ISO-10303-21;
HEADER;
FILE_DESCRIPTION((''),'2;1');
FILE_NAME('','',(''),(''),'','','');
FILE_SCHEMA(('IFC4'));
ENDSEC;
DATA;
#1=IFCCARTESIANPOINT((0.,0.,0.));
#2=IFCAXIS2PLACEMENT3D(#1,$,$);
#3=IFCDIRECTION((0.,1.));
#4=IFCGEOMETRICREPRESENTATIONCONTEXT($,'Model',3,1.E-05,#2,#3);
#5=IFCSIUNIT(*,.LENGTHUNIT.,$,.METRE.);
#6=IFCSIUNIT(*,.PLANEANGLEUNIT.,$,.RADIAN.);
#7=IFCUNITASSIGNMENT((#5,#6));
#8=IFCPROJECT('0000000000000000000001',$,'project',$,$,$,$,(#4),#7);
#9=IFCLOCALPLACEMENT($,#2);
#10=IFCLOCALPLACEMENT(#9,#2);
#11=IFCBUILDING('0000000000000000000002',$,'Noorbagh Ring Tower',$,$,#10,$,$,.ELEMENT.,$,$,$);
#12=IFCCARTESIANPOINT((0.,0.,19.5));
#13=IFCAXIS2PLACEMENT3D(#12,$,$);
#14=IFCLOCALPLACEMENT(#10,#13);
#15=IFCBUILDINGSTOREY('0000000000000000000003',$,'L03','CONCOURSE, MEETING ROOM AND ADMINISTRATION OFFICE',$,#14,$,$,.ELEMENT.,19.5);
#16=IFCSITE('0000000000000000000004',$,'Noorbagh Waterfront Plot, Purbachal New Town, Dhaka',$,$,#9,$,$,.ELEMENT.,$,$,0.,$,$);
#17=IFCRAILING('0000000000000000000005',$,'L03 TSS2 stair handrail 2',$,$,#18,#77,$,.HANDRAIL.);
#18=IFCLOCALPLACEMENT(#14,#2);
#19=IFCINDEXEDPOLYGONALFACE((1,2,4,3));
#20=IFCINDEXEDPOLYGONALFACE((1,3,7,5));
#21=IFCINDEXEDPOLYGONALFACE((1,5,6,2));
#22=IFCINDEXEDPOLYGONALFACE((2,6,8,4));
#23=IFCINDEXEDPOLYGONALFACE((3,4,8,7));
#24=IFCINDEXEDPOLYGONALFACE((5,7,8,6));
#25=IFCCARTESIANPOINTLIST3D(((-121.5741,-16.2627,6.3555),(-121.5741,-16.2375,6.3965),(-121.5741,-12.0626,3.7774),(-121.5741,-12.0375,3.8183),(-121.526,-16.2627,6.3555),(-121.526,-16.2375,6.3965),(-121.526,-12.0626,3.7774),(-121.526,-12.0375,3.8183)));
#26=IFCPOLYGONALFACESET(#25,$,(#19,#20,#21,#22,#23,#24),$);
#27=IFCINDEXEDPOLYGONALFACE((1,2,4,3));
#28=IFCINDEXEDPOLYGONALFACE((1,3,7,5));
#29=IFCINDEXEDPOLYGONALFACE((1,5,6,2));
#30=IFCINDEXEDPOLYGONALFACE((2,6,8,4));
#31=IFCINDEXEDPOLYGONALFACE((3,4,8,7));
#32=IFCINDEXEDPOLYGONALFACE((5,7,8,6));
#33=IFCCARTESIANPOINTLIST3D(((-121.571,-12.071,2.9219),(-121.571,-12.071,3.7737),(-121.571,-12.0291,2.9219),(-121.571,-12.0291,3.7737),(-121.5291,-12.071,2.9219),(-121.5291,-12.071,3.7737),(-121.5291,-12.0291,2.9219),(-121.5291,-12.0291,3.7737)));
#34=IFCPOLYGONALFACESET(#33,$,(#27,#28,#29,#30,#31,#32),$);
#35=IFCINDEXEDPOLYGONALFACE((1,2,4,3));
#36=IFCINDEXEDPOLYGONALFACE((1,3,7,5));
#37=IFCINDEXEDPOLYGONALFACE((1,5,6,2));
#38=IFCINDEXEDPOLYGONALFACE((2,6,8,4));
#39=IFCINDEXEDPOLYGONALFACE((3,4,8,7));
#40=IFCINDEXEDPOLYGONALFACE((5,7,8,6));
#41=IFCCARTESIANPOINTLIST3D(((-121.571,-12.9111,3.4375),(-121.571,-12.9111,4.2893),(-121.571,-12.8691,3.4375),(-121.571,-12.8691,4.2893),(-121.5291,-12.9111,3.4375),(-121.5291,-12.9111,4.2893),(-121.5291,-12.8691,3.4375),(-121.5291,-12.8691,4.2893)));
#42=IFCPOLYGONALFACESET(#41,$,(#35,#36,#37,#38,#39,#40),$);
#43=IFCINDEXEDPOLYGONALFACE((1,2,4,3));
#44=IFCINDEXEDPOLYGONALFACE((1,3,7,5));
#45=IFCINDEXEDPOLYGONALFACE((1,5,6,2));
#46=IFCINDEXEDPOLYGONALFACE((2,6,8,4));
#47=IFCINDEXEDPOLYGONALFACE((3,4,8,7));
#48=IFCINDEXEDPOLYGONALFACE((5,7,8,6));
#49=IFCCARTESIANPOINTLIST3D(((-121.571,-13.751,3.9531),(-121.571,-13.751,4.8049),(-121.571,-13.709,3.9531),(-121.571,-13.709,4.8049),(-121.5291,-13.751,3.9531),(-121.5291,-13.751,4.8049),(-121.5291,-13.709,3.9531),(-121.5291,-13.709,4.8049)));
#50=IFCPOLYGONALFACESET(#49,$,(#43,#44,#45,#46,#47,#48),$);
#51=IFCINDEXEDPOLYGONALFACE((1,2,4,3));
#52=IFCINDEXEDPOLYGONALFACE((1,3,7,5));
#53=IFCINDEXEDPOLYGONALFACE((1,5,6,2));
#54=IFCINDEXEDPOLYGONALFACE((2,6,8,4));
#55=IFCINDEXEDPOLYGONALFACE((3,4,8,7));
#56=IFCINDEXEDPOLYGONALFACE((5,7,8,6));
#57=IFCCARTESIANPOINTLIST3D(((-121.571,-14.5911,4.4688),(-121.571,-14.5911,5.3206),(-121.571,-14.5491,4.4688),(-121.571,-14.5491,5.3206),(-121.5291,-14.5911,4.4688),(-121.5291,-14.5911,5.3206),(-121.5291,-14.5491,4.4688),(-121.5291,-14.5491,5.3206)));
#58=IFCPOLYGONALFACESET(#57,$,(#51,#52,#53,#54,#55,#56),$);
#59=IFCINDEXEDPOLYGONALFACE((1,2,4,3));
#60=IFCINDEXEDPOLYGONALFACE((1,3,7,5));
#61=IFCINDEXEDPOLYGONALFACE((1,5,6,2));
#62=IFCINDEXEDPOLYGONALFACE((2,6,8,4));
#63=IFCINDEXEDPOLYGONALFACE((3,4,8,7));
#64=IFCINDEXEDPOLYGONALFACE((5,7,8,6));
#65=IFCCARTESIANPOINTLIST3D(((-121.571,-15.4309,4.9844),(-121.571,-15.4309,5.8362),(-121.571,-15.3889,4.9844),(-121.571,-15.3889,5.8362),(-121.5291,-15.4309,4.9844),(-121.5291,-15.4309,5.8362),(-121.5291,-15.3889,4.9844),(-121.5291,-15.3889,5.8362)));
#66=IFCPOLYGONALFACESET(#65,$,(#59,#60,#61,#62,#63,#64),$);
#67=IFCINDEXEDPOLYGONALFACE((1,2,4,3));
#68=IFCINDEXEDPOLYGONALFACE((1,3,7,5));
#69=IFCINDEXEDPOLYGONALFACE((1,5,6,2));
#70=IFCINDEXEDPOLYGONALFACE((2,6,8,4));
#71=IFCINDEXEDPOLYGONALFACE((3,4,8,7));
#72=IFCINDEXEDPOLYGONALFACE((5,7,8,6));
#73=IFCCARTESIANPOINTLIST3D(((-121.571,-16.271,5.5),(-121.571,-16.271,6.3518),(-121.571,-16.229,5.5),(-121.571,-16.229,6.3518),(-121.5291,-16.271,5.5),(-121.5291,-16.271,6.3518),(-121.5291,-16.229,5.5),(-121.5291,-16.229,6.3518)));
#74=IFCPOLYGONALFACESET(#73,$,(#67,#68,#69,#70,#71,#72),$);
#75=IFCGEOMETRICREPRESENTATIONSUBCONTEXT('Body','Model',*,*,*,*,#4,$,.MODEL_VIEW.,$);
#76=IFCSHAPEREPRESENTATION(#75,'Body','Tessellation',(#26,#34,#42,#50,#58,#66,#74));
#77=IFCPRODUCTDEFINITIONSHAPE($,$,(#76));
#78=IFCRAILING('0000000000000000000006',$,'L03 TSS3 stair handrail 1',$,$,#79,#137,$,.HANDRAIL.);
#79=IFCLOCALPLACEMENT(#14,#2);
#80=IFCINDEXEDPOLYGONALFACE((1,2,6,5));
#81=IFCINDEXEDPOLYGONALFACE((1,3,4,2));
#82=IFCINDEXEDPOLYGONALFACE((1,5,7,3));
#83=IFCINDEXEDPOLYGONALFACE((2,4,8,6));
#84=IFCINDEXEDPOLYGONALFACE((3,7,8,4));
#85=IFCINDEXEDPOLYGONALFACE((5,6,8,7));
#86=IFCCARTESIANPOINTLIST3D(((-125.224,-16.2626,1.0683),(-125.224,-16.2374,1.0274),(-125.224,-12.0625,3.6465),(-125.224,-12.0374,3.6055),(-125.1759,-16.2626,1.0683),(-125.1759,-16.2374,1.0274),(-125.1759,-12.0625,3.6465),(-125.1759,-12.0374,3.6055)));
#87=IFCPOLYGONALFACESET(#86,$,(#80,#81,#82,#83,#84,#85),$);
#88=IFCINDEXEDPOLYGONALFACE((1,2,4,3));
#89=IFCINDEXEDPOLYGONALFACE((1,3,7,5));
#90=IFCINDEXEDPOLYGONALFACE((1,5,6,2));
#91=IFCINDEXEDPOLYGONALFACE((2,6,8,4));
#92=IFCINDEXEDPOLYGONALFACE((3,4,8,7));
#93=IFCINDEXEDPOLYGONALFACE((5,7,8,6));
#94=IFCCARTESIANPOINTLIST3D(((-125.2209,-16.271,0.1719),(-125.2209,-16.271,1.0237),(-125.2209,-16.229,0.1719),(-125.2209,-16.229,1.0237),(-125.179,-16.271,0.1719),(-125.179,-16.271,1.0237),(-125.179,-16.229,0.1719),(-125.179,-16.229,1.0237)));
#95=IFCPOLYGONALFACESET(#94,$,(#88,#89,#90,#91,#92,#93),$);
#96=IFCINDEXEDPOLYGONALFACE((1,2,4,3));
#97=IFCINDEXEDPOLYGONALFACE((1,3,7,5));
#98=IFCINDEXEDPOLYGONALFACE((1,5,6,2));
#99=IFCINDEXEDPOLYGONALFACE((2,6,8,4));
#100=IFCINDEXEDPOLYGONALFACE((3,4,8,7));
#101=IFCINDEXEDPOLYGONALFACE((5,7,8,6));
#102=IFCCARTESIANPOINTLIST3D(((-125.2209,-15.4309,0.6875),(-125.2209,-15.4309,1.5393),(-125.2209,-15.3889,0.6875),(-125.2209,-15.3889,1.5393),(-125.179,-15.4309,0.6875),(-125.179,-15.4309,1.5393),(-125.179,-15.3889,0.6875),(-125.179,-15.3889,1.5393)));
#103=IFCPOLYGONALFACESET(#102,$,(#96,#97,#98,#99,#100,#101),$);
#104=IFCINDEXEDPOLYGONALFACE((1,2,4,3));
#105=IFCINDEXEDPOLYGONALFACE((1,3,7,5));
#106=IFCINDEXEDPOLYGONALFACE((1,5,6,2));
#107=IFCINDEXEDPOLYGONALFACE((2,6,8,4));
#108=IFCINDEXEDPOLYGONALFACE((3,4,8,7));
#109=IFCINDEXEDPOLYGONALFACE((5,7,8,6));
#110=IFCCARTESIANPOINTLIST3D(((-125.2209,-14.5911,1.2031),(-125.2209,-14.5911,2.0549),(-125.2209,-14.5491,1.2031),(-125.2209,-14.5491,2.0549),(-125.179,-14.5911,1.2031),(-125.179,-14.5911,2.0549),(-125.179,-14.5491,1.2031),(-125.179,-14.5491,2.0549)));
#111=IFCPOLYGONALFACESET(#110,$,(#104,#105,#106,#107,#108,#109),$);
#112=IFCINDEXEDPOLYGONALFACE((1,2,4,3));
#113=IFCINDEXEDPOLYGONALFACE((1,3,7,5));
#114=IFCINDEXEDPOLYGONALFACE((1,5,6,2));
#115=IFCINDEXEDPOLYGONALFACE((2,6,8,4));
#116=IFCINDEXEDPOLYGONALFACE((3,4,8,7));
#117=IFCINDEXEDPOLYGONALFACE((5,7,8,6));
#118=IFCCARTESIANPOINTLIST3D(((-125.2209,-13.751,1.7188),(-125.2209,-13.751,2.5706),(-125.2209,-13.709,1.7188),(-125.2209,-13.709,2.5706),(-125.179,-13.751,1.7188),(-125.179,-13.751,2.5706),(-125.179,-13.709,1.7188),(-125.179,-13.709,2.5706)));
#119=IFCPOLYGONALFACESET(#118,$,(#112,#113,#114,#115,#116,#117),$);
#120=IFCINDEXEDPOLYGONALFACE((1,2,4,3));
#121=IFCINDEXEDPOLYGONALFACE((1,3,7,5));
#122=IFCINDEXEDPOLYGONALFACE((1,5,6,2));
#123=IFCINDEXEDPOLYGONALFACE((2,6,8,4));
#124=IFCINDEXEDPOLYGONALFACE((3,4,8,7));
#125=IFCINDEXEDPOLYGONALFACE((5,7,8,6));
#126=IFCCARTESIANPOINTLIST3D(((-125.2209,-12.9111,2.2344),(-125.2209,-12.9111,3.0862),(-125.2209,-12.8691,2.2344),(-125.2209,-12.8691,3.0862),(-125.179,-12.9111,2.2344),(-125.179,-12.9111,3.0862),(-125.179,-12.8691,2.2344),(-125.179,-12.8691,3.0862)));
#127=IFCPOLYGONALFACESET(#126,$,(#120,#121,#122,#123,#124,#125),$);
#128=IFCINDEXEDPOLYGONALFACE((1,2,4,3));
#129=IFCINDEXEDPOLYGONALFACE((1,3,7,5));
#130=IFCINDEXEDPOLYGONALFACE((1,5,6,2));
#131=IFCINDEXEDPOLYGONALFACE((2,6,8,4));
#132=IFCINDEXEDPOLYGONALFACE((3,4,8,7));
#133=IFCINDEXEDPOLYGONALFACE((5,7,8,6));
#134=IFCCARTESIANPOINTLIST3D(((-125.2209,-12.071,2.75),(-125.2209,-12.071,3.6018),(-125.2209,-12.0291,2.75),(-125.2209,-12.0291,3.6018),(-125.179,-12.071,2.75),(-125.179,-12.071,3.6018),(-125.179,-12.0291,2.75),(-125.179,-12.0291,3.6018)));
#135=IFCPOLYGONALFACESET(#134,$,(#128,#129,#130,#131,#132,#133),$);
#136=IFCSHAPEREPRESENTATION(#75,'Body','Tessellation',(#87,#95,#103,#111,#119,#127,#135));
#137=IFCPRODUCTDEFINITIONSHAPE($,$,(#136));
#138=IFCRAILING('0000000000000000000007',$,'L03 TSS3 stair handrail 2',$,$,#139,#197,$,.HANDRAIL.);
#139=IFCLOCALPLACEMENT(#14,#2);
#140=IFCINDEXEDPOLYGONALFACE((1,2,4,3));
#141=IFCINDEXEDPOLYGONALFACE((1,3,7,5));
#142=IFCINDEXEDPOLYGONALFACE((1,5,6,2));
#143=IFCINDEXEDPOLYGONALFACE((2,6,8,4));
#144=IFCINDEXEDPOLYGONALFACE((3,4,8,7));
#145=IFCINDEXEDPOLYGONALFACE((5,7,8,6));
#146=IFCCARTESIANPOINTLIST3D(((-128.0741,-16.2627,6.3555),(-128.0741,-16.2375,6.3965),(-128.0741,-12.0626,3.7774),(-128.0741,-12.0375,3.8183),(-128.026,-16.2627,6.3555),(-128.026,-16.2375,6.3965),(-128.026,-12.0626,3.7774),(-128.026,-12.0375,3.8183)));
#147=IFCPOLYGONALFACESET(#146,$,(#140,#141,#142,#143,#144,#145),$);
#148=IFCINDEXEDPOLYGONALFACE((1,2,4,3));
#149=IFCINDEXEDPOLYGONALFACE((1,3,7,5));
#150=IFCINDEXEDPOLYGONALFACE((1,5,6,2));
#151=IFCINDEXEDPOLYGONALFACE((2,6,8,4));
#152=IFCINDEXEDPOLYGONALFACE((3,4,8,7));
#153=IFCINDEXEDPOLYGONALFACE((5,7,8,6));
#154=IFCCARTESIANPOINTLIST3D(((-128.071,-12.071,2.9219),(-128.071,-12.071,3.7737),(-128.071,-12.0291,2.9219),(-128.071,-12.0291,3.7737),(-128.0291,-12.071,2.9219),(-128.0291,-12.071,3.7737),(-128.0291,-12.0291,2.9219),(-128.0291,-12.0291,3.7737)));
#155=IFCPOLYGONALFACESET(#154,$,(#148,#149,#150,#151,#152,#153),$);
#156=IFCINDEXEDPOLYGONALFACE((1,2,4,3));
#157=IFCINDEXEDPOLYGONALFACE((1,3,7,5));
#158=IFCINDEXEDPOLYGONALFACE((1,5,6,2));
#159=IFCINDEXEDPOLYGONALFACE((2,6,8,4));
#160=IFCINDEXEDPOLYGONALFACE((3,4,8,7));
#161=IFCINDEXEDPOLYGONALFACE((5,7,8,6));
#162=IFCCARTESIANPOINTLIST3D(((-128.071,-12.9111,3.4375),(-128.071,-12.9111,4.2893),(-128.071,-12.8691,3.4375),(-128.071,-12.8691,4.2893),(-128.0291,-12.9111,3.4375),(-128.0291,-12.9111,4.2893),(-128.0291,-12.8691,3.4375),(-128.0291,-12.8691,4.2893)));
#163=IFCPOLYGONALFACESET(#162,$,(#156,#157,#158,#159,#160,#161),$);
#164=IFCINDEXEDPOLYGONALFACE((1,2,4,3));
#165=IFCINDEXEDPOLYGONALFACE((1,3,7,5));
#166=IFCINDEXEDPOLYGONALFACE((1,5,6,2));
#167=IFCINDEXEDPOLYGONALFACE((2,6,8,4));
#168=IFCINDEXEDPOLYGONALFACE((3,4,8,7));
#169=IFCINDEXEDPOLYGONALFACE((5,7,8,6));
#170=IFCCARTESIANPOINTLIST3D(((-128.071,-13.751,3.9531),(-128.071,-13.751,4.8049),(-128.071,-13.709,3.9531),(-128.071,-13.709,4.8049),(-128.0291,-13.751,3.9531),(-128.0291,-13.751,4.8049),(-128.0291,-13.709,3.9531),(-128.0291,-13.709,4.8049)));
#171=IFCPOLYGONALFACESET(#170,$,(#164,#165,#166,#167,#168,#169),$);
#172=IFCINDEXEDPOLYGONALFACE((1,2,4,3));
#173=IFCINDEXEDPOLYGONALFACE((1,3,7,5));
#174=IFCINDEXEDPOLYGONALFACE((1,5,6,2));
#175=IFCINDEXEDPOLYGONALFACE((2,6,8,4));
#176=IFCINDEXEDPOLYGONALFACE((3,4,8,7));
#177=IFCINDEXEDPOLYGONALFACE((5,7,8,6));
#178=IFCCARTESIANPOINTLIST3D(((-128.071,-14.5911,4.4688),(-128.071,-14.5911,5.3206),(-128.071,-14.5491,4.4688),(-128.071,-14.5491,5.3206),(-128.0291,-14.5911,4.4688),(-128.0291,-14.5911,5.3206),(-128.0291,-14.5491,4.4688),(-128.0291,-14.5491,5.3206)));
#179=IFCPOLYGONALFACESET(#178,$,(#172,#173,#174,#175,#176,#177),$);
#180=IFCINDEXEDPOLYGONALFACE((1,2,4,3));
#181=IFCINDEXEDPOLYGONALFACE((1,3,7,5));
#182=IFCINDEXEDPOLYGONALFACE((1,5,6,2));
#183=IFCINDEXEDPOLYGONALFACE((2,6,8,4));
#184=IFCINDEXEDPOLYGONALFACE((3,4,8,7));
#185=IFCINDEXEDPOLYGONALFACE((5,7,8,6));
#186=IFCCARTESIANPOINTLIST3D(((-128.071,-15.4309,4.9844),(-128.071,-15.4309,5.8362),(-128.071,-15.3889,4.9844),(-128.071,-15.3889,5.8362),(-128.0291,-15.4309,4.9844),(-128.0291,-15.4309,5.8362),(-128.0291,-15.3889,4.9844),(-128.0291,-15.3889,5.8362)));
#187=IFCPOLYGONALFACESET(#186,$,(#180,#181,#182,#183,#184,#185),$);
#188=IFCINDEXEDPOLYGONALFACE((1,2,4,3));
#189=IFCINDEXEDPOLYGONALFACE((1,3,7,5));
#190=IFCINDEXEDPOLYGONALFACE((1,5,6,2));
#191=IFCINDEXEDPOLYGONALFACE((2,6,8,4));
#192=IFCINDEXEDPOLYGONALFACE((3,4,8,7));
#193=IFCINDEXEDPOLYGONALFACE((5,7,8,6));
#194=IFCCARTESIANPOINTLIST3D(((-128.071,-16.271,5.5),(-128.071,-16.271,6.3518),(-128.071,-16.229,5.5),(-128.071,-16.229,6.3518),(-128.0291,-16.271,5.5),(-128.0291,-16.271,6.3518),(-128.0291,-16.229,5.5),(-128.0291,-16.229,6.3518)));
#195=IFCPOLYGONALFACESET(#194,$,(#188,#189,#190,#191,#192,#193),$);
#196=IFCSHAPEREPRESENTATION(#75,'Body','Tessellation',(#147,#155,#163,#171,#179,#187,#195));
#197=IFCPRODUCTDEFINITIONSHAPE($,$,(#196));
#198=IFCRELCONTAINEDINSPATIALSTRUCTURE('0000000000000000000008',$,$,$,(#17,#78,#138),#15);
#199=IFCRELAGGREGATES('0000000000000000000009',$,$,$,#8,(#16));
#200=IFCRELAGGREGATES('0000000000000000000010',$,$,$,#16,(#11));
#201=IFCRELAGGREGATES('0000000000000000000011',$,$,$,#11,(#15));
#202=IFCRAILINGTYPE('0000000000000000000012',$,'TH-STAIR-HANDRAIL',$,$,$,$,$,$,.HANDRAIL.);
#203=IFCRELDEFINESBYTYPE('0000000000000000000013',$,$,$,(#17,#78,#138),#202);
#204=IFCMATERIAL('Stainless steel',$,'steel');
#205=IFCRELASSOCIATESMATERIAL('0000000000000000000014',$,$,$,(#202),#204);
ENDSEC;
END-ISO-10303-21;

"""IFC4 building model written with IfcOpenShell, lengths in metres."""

from ifc_helpers import new_model, si_unit, direction, frame, origin, origin_2d, place, context, subcontext, project, spatial, rectangle, extrude, material, type_object, element, save


model = new_model("IFC4")

# Units and contexts
model_context = context("Model", 3, precision=1e-05, world=origin(), true_north=direction((0.0, 1.0)))
body_context = subcontext(model_context, "Body", "Model", "MODEL_VIEW")
ifc_project = project(units=[si_unit("LENGTHUNIT", "METRE"), si_unit("PLANEANGLEUNIT", "RADIAN")], contexts=[model_context])

# Site, building, storey
site_placement = place(None, origin())
site = spatial("IfcSite", under=ifc_project, at=site_placement, Name="Noorbagh Waterfront Plot, Purbachal New Town, Dhaka", CompositionType="ELEMENT", RefElevation=0.0)
building_placement = place(site_placement, origin())
building = spatial("IfcBuilding", under=site, at=building_placement, Name="Noorbagh Ring Tower", CompositionType="ELEMENT")
storey_placement = place(building_placement, frame((0.0, 0.0, 19.5)))
storey = spatial("IfcBuildingStorey", under=building, at=storey_placement, Name="L03", Description="CONCOURSE, MEETING ROOM AND ADMINISTRATION OFFICE", CompositionType="ELEMENT", Elevation=19.5)

# Railings
ifc_material_1 = material(Name="Stainless steel", Category="steel")
railing_type_1 = type_object("IfcRailingType", Name="TH-STAIR-HANDRAIL", PredefinedType="HANDRAIL", material=ifc_material_1)
for number, where, name in (
    (1, (-121.55, -12.05, 2.9219), "L03 TSS2 stair handrail 2"),
):
    element("IfcRailing", number, at=place(storey_placement, frame(where)), inside=storey, type_object=railing_type_1, Name=name, PredefinedType="HANDRAIL", context=body_context, shape_type="SweptSolid", body=[
        extrude(rectangle(XDim=0.0481, YDim=0.0481, at=origin_2d()), frame((0.0, 0.0, 0.876), z_axis=(0.0, -0.852243, 0.523146), x_axis=(1.0, 0.0, 0.0)), (0.0, 0.0, 1.0), 4.9282),
        extrude(rectangle(XDim=0.042, YDim=0.042, at=origin_2d()), origin(), (0.0, 0.0, 1.0), 0.8518),
        extrude(rectangle(XDim=0.042, YDim=0.042, at=origin_2d()), frame((0.0, -0.8401, 0.5156)), (0.0, 0.0, 1.0), 0.8518),
        extrude(rectangle(XDim=0.042, YDim=0.042, at=origin_2d()), frame((0.0, -1.6799, 1.0312)), (0.0, 0.0, 1.0), 0.8518),
        extrude(rectangle(XDim=0.042, YDim=0.042, at=origin_2d()), frame((0.0, -2.52, 1.5469)), (0.0, 0.0, 1.0), 0.8518),
        extrude(rectangle(XDim=0.042, YDim=0.042, at=origin_2d()), frame((0.0, -3.3599, 2.0625)), (0.0, 0.0, 1.0), 0.8518),
        extrude(rectangle(XDim=0.042, YDim=0.042, at=origin_2d()), frame((0.0, -4.2, 2.5781)), (0.0, 0.0, 1.0), 0.8518),
    ])
railing_1_placement = place(storey_placement, frame((-125.2, -16.25, 0.1719)))
element("IfcRailing", 2, at=railing_1_placement, inside=storey, type_object=railing_type_1, Name="L03 TSS3 stair handrail 1", PredefinedType="HANDRAIL", context=body_context, shape_type="SweptSolid", body=[
    extrude(rectangle(XDim=0.0481, YDim=0.0481, at=origin_2d()), frame((0.0, 0.0, 0.876), z_axis=(0.0, 0.852243, 0.523146), x_axis=(-1.0, 0.0, 0.0)), (0.0, 0.0, 1.0), 4.9282),
    extrude(rectangle(XDim=0.042, YDim=0.042, at=origin_2d()), origin(), (0.0, 0.0, 1.0), 0.8518),
    extrude(rectangle(XDim=0.042, YDim=0.042, at=origin_2d()), frame((0.0, 0.8401, 0.5156)), (0.0, 0.0, 1.0), 0.8518),
    extrude(rectangle(XDim=0.042, YDim=0.042, at=origin_2d()), frame((0.0, 1.6799, 1.0312)), (0.0, 0.0, 1.0), 0.8518),
    extrude(rectangle(XDim=0.042, YDim=0.042, at=origin_2d()), frame((0.0, 2.52, 1.5469)), (0.0, 0.0, 1.0), 0.8518),
    extrude(rectangle(XDim=0.042, YDim=0.042, at=origin_2d()), frame((0.0, 3.3599, 2.0625)), (0.0, 0.0, 1.0), 0.8518),
    extrude(rectangle(XDim=0.042, YDim=0.042, at=origin_2d()), frame((0.0, 4.2, 2.5781)), (0.0, 0.0, 1.0), 0.8518),
])
railing_2_placement = place(storey_placement, frame((-128.05, -12.05, 2.9219)))
element("IfcRailing", 3, at=railing_2_placement, inside=storey, type_object=railing_type_1, Name="L03 TSS3 stair handrail 2", PredefinedType="HANDRAIL", context=body_context, shape_type="SweptSolid", body=[
    extrude(rectangle(XDim=0.0481, YDim=0.0481, at=origin_2d()), frame((0.0, 0.0, 0.876), z_axis=(0.0, -0.852243, 0.523146), x_axis=(1.0, 0.0, 0.0)), (0.0, 0.0, 1.0), 4.9282),
    extrude(rectangle(XDim=0.042, YDim=0.042, at=origin_2d()), origin(), (0.0, 0.0, 1.0), 0.8518),
    extrude(rectangle(XDim=0.042, YDim=0.042, at=origin_2d()), frame((0.0, -0.8401, 0.5156)), (0.0, 0.0, 1.0), 0.8518),
    extrude(rectangle(XDim=0.042, YDim=0.042, at=origin_2d()), frame((0.0, -1.6799, 1.0312)), (0.0, 0.0, 1.0), 0.8518),
    extrude(rectangle(XDim=0.042, YDim=0.042, at=origin_2d()), frame((0.0, -2.52, 1.5469)), (0.0, 0.0, 1.0), 0.8518),
    extrude(rectangle(XDim=0.042, YDim=0.042, at=origin_2d()), frame((0.0, -3.3599, 2.0625)), (0.0, 0.0, 1.0), 0.8518),
    extrude(rectangle(XDim=0.042, YDim=0.042, at=origin_2d()), frame((0.0, -4.2, 2.5781)), (0.0, 0.0, 1.0), 0.8518),
])

save(model, "model.ifc")
